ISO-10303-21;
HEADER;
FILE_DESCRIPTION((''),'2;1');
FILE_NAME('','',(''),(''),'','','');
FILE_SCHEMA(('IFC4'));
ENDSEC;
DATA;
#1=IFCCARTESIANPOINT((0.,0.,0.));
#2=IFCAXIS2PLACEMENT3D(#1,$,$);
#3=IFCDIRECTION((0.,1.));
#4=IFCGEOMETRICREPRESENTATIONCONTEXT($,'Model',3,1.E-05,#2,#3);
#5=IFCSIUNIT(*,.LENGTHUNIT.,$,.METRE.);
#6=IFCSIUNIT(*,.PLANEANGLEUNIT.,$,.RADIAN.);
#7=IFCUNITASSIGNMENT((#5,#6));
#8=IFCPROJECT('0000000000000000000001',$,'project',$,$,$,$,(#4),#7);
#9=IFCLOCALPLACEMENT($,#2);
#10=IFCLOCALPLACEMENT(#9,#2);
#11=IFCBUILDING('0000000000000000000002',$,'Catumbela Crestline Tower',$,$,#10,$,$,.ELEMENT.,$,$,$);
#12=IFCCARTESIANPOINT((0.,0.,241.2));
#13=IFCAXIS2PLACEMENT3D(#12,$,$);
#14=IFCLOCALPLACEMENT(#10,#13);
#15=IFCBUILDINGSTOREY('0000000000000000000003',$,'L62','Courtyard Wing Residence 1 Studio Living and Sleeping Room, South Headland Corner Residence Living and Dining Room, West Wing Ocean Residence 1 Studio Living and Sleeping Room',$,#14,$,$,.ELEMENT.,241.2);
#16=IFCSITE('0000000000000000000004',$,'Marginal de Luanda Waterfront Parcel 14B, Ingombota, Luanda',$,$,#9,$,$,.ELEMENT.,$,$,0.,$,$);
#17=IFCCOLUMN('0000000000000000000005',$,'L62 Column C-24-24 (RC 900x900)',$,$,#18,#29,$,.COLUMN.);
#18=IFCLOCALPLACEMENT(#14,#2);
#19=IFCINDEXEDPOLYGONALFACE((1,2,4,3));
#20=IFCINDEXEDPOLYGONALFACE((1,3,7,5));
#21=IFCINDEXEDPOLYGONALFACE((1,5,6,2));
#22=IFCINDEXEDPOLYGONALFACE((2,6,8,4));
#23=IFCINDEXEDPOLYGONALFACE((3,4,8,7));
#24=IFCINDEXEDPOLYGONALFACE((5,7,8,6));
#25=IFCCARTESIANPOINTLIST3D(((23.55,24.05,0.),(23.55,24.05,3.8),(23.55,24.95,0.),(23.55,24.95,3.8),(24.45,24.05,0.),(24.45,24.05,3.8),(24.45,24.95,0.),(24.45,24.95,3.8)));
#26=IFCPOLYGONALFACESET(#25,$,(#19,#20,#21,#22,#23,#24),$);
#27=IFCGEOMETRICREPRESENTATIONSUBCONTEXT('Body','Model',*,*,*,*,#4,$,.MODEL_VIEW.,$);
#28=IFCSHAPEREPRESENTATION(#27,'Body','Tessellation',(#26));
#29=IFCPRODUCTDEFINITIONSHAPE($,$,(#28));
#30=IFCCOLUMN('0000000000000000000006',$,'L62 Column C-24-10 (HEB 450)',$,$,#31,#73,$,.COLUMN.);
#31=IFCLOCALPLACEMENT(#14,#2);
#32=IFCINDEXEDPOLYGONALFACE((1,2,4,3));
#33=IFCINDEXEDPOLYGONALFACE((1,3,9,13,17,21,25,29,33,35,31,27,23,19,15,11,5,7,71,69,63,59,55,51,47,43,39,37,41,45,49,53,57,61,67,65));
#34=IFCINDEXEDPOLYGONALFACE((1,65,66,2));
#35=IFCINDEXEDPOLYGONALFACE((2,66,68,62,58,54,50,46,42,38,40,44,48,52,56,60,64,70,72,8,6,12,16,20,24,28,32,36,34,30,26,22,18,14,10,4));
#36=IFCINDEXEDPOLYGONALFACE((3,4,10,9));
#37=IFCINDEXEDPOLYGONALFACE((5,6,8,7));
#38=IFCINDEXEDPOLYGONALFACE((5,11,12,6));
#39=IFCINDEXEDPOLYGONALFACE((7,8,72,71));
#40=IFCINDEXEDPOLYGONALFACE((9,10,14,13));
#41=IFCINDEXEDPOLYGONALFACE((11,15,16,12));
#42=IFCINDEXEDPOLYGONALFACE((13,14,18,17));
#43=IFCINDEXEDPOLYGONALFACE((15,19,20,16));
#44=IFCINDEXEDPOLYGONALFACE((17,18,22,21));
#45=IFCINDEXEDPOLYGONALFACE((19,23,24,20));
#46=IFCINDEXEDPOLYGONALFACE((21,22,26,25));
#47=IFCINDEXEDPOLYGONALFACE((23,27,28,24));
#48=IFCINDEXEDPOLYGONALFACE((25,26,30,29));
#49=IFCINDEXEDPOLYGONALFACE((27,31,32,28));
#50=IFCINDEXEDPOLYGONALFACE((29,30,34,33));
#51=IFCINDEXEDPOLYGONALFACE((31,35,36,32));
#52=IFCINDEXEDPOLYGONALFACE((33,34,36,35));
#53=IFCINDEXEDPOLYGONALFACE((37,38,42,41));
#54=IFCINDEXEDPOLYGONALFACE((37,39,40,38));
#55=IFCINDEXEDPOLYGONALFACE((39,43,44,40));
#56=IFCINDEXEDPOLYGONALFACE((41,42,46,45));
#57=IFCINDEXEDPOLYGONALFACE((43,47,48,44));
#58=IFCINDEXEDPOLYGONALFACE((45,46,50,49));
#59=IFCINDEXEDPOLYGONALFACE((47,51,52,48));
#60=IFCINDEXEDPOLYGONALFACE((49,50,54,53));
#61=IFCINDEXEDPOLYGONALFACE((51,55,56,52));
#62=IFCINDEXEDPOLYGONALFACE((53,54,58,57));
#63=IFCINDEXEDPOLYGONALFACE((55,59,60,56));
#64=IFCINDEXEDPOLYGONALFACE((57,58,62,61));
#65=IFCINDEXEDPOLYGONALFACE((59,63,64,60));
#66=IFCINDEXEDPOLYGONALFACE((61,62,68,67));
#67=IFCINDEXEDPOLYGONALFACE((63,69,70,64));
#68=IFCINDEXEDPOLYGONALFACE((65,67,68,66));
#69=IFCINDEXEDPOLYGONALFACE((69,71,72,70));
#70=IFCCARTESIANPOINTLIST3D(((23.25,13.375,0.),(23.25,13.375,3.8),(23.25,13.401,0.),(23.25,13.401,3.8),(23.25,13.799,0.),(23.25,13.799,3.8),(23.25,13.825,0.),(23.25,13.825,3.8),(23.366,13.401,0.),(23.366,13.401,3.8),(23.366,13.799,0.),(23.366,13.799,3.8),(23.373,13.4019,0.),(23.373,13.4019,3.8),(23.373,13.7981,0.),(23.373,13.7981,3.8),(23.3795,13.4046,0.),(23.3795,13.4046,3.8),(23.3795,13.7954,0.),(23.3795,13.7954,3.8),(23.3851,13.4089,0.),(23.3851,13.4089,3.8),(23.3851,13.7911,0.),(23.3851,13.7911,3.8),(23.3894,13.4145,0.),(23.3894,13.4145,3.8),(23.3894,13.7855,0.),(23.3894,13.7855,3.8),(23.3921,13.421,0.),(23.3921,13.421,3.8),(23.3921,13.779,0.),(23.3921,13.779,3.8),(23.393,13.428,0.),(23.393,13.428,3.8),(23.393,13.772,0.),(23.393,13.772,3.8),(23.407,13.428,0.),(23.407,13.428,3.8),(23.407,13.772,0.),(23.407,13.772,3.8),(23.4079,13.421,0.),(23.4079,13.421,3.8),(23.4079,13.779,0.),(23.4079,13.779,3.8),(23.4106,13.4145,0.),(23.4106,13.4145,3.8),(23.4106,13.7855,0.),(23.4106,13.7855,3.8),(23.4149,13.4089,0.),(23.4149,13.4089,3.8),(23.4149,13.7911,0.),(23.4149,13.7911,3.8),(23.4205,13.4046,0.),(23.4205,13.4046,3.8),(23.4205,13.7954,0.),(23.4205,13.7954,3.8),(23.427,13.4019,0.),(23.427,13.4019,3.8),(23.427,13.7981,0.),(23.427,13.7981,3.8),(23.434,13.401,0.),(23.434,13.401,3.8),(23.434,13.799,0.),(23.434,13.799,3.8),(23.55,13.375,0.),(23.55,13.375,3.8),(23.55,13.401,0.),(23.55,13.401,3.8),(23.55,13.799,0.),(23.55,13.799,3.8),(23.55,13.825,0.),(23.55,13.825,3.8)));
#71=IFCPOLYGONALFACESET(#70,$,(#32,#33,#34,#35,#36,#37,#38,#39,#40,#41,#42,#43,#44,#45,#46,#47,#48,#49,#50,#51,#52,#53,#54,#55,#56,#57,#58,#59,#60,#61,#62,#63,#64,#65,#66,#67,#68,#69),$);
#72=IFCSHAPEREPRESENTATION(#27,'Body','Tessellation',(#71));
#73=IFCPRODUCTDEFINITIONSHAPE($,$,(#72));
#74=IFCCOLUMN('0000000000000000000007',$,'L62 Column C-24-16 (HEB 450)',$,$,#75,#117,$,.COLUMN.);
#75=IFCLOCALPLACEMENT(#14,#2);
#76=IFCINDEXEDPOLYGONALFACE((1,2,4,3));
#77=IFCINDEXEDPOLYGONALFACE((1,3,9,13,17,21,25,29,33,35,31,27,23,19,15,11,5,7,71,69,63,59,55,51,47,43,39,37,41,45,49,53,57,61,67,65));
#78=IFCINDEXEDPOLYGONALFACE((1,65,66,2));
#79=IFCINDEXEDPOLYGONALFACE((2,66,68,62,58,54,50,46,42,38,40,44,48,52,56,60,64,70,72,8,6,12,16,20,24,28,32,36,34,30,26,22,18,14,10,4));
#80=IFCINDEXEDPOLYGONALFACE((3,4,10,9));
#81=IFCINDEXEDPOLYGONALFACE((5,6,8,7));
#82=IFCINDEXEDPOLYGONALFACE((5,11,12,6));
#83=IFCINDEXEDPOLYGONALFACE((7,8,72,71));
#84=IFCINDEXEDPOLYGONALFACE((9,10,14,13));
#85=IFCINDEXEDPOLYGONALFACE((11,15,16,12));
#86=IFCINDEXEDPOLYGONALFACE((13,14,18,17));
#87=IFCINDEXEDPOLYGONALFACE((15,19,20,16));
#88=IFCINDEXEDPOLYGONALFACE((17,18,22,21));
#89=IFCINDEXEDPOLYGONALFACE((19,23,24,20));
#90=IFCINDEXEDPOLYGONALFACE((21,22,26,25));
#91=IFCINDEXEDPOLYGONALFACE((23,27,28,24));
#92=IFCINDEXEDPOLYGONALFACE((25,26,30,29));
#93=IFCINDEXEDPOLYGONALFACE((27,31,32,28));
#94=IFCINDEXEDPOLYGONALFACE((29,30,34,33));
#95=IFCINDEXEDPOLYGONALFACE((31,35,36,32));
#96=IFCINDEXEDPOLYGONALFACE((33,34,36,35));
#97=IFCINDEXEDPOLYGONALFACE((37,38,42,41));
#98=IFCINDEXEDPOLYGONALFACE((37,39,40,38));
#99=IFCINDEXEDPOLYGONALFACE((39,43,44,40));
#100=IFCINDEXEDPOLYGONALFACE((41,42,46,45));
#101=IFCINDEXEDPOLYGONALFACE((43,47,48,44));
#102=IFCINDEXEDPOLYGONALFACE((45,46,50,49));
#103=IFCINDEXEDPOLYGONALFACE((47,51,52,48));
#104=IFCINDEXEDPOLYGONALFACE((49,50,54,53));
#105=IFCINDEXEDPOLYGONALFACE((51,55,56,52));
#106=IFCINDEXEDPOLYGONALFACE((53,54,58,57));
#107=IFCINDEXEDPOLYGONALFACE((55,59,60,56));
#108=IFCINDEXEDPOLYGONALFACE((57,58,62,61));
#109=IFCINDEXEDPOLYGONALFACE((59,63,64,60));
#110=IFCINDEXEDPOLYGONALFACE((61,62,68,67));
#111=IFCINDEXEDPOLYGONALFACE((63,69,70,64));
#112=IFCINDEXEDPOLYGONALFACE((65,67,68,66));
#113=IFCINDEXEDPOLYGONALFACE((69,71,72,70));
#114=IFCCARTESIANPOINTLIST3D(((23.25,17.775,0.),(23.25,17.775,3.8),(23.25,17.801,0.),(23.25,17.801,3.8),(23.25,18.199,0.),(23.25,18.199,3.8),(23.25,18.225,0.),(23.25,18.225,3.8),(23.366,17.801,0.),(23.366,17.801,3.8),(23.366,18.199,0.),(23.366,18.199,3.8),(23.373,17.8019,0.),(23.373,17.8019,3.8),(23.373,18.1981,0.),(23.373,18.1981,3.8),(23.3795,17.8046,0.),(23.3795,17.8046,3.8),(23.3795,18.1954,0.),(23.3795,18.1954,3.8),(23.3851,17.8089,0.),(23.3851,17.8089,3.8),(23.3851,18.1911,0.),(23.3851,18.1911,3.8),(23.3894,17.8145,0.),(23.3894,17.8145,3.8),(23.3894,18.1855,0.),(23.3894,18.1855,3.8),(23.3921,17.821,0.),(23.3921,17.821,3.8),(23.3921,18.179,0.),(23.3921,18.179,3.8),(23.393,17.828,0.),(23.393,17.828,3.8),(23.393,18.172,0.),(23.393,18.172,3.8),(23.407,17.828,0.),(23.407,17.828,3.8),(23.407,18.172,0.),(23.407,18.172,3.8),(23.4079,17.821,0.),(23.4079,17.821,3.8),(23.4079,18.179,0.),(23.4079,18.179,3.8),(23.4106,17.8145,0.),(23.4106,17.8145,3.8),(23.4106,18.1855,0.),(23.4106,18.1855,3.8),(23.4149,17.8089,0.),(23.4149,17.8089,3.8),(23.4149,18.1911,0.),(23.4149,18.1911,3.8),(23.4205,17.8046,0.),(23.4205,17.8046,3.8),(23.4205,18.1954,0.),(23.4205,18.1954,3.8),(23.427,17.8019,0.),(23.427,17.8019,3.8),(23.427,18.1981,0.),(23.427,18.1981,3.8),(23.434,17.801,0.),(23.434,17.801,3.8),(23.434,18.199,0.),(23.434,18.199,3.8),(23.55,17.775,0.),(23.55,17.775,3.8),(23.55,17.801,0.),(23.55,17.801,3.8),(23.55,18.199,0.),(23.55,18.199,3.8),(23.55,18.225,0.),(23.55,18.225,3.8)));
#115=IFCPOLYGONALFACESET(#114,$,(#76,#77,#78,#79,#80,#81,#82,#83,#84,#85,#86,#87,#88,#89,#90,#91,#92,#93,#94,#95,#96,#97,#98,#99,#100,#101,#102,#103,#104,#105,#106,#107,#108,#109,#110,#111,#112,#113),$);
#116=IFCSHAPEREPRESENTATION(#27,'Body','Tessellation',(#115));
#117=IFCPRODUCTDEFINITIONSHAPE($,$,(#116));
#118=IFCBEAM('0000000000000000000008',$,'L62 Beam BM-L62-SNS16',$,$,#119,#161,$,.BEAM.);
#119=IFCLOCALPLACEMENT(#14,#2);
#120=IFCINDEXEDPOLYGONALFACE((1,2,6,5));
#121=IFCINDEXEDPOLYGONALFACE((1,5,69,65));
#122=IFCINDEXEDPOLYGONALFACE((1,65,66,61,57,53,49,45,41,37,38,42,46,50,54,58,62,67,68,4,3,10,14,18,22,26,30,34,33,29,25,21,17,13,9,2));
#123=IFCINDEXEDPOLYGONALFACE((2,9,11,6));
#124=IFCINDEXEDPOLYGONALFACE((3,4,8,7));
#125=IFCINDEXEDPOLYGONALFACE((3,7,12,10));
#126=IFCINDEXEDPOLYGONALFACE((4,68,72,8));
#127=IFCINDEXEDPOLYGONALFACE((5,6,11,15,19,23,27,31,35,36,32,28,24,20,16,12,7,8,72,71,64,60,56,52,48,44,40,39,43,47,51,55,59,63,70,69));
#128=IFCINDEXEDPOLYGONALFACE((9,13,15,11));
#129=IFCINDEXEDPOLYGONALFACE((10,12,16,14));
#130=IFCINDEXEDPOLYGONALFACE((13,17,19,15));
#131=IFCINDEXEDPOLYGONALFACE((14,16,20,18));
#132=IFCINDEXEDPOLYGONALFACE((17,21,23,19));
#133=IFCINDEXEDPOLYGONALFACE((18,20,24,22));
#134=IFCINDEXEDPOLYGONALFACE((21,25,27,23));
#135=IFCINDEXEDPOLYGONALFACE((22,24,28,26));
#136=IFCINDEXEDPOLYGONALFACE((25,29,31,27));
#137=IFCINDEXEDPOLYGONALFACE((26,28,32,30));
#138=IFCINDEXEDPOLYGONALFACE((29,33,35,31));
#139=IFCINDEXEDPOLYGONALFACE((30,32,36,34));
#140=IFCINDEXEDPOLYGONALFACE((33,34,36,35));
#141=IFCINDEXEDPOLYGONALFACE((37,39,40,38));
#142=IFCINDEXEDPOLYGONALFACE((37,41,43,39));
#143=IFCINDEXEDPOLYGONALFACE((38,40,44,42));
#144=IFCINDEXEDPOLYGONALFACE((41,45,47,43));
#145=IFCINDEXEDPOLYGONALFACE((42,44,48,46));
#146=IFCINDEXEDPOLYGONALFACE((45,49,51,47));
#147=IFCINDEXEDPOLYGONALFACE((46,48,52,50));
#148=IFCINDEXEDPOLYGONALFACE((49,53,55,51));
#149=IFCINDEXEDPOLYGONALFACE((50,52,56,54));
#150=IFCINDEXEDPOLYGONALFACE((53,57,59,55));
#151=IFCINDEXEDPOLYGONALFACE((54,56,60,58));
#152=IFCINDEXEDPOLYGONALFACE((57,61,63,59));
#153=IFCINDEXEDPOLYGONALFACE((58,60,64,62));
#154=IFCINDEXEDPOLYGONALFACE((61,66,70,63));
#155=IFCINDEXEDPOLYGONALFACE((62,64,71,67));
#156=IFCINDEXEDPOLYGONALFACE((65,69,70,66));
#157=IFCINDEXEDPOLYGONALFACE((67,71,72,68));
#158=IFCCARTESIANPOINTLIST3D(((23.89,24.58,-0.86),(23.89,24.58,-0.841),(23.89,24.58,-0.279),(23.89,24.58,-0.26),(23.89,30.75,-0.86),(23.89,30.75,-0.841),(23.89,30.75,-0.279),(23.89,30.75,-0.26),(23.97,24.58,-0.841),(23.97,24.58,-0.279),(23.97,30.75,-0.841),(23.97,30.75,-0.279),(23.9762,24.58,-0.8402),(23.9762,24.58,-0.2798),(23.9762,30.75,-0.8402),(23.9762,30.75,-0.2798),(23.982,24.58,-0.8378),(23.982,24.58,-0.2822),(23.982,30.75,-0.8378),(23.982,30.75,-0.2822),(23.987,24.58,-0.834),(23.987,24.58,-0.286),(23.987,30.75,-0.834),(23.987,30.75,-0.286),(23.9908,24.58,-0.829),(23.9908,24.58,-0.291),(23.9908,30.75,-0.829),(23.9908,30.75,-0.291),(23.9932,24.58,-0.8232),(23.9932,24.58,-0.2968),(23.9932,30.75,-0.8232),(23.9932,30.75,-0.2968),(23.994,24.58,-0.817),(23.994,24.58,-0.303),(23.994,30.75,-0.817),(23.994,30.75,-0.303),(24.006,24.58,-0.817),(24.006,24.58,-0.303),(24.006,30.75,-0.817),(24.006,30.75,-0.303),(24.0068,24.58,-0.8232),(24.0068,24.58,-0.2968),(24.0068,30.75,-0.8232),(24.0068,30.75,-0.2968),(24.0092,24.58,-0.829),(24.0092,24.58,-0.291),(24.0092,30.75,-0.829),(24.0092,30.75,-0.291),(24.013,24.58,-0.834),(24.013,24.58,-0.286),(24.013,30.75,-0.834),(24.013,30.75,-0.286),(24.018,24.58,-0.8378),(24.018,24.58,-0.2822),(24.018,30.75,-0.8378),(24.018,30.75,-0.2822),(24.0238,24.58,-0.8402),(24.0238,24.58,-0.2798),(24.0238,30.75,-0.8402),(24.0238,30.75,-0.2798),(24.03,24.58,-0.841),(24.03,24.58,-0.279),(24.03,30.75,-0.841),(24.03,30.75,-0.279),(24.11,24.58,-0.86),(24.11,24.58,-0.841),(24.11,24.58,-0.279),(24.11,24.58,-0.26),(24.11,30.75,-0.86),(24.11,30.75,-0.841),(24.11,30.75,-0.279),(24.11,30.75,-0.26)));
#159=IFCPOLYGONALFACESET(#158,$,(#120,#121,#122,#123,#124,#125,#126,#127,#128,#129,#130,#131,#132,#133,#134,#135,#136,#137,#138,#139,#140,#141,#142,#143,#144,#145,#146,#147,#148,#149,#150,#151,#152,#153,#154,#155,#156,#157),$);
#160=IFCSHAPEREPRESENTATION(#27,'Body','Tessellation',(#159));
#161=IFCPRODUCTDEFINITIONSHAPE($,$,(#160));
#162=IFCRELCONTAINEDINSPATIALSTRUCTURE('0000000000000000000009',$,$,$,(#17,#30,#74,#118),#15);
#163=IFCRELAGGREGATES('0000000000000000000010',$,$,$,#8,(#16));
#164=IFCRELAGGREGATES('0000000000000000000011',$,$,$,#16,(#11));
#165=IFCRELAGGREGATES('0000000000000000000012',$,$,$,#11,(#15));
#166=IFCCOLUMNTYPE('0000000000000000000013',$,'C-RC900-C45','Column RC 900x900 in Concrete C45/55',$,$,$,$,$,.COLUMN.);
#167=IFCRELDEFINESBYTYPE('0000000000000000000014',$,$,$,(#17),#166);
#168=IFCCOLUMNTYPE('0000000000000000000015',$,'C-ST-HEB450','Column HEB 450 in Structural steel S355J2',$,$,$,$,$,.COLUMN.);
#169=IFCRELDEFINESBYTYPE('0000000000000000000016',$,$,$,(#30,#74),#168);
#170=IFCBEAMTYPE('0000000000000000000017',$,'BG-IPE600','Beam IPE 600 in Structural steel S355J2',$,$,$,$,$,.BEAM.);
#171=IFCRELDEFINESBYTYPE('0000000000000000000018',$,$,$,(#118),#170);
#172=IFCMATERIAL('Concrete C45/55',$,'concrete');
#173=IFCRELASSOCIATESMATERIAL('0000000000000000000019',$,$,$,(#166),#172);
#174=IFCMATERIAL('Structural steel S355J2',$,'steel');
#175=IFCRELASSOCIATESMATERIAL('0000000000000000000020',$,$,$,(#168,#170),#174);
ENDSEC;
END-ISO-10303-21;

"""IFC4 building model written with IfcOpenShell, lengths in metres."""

from ifc_helpers import new_model, si_unit, direction, frame, origin, origin_2d, place, context, subcontext, project, spatial, rectangle, i_section, extrude, material, material_profile, profile_set, type_object, element, save


model = new_model("IFC4")

# Units and contexts
model_context = context("Model", 3, precision=1e-05, world=origin(), true_north=direction((0.0, 1.0)))
body_context = subcontext(model_context, "Body", "Model", "MODEL_VIEW")
ifc_project = project(units=[si_unit("LENGTHUNIT", "METRE"), si_unit("PLANEANGLEUNIT", "RADIAN")], contexts=[model_context])

# Site, building, storey
site_placement = place(None, origin())
site = spatial("IfcSite", under=ifc_project, at=site_placement, Name="Marginal de Luanda Waterfront Parcel 14B, Ingombota, Luanda", CompositionType="ELEMENT", RefElevation=0.0)
building_placement = place(site_placement, origin())
building = spatial("IfcBuilding", under=site, at=building_placement, Name="Catumbela Crestline Tower", CompositionType="ELEMENT")
storey_placement = place(building_placement, frame((0.0, 0.0, 241.2)))
storey = spatial("IfcBuildingStorey", under=building, at=storey_placement, Name="L62", Description="Courtyard Wing Residence 1 Studio Living and Sleeping Room, South Headland Corner Residence Living and Dining Room, West Wing Ocean Residence 1 Studio Living and Sleeping Room", CompositionType="ELEMENT", Elevation=241.2)

# Columns
ifc_material_1 = material(Name="Concrete C45/55", Category="concrete")
ifc_material_profile_1 = material_profile(ifc_material_1, rectangle(XDim=0.9, YDim=0.9, at=origin_2d()), Name="RC 900x900")
ifc_profile_set_1 = profile_set([ifc_material_profile_1], Name="Concrete C45/55")
column_type_1 = type_object("IfcColumnType", Name="C-RC900-C45", Description="Column RC 900x900 in Concrete C45/55", PredefinedType="COLUMN", material=ifc_profile_set_1)
column_placement = place(storey_placement, frame((24.0, 24.5, 0.0), z_axis=(0.0, 0.0, 1.0), x_axis=(1.0, 0.0, 0.0)))
element("IfcColumn", 1, at=column_placement, inside=storey, type_object=column_type_1, Name="L62 Column C-24-24 (RC 900x900)", PredefinedType="COLUMN", context=body_context, shape_type="SweptSolid", body=[
    extrude(rectangle(XDim=0.9, YDim=0.9, at=origin_2d()), origin(), (0.0, 0.0, 1.0), 3.8),
])
ifc_material_2 = material(Name="Structural steel S355J2", Category="steel")
ifc_material_profile_2 = material_profile(ifc_material_2, i_section(OverallWidth=0.3, OverallDepth=0.45, WebThickness=0.014, FlangeThickness=0.026, FilletRadius=0.027, at=origin_2d()), Name="HEB 450")
ifc_profile_set_2 = profile_set([ifc_material_profile_2], Name="Structural steel S355J2")
column_type_2 = type_object("IfcColumnType", Name="C-ST-HEB450", Description="Column HEB 450 in Structural steel S355J2", PredefinedType="COLUMN", material=ifc_profile_set_2)
for number, where, z_axis, x_axis, name in (
    (2, (23.4, 13.6, 0.0), (0.0, 0.0, 1.0), (1.0, 0.0, 0.0), "L62 Column C-24-10 (HEB 450)"),
    (3, (23.4, 18.0, 0.0), (0.0, 0.0, 1.0), (1.0, 0.0, 0.0), "L62 Column C-24-16 (HEB 450)"),
):
    element("IfcColumn", number, at=place(storey_placement, frame(where, z_axis=z_axis, x_axis=x_axis)), inside=storey, type_object=column_type_2, Name=name, PredefinedType="COLUMN", context=body_context, shape_type="SweptSolid", body=[
        extrude(i_section(OverallWidth=0.3, OverallDepth=0.45, WebThickness=0.014, FlangeThickness=0.026, FilletRadius=0.027, at=origin_2d()), origin(), (0.0, 0.0, 1.0), 3.8),
    ])

# Beam
ifc_material_profile_3 = material_profile(ifc_material_2, i_section(OverallWidth=0.22, OverallDepth=0.6, WebThickness=0.012, FlangeThickness=0.019, FilletRadius=0.024, at=origin_2d()), Name="IPE 600")
ifc_profile_set_3 = profile_set([ifc_material_profile_3], Name="Structural steel S355J2")
beam_type_1 = type_object("IfcBeamType", Name="BG-IPE600", Description="Beam IPE 600 in Structural steel S355J2", PredefinedType="BEAM", material=ifc_profile_set_3)
beam_1_placement = place(storey_placement, frame((24.0, 24.58, -0.56), z_axis=(0.0, 1.0, 0.0), x_axis=(-1.0, 0.0, 0.0)))
element("IfcBeam", 4, at=beam_1_placement, inside=storey, type_object=beam_type_1, Name="L62 Beam BM-L62-SNS16", PredefinedType="BEAM", context=body_context, shape_type="SweptSolid", body=[
    extrude(i_section(OverallWidth=0.22, OverallDepth=0.6, WebThickness=0.012, FlangeThickness=0.019, FilletRadius=0.024, at=origin_2d()), origin(), (0.0, 0.0, 1.0), 6.17),
])

save(model, "model.ifc")
